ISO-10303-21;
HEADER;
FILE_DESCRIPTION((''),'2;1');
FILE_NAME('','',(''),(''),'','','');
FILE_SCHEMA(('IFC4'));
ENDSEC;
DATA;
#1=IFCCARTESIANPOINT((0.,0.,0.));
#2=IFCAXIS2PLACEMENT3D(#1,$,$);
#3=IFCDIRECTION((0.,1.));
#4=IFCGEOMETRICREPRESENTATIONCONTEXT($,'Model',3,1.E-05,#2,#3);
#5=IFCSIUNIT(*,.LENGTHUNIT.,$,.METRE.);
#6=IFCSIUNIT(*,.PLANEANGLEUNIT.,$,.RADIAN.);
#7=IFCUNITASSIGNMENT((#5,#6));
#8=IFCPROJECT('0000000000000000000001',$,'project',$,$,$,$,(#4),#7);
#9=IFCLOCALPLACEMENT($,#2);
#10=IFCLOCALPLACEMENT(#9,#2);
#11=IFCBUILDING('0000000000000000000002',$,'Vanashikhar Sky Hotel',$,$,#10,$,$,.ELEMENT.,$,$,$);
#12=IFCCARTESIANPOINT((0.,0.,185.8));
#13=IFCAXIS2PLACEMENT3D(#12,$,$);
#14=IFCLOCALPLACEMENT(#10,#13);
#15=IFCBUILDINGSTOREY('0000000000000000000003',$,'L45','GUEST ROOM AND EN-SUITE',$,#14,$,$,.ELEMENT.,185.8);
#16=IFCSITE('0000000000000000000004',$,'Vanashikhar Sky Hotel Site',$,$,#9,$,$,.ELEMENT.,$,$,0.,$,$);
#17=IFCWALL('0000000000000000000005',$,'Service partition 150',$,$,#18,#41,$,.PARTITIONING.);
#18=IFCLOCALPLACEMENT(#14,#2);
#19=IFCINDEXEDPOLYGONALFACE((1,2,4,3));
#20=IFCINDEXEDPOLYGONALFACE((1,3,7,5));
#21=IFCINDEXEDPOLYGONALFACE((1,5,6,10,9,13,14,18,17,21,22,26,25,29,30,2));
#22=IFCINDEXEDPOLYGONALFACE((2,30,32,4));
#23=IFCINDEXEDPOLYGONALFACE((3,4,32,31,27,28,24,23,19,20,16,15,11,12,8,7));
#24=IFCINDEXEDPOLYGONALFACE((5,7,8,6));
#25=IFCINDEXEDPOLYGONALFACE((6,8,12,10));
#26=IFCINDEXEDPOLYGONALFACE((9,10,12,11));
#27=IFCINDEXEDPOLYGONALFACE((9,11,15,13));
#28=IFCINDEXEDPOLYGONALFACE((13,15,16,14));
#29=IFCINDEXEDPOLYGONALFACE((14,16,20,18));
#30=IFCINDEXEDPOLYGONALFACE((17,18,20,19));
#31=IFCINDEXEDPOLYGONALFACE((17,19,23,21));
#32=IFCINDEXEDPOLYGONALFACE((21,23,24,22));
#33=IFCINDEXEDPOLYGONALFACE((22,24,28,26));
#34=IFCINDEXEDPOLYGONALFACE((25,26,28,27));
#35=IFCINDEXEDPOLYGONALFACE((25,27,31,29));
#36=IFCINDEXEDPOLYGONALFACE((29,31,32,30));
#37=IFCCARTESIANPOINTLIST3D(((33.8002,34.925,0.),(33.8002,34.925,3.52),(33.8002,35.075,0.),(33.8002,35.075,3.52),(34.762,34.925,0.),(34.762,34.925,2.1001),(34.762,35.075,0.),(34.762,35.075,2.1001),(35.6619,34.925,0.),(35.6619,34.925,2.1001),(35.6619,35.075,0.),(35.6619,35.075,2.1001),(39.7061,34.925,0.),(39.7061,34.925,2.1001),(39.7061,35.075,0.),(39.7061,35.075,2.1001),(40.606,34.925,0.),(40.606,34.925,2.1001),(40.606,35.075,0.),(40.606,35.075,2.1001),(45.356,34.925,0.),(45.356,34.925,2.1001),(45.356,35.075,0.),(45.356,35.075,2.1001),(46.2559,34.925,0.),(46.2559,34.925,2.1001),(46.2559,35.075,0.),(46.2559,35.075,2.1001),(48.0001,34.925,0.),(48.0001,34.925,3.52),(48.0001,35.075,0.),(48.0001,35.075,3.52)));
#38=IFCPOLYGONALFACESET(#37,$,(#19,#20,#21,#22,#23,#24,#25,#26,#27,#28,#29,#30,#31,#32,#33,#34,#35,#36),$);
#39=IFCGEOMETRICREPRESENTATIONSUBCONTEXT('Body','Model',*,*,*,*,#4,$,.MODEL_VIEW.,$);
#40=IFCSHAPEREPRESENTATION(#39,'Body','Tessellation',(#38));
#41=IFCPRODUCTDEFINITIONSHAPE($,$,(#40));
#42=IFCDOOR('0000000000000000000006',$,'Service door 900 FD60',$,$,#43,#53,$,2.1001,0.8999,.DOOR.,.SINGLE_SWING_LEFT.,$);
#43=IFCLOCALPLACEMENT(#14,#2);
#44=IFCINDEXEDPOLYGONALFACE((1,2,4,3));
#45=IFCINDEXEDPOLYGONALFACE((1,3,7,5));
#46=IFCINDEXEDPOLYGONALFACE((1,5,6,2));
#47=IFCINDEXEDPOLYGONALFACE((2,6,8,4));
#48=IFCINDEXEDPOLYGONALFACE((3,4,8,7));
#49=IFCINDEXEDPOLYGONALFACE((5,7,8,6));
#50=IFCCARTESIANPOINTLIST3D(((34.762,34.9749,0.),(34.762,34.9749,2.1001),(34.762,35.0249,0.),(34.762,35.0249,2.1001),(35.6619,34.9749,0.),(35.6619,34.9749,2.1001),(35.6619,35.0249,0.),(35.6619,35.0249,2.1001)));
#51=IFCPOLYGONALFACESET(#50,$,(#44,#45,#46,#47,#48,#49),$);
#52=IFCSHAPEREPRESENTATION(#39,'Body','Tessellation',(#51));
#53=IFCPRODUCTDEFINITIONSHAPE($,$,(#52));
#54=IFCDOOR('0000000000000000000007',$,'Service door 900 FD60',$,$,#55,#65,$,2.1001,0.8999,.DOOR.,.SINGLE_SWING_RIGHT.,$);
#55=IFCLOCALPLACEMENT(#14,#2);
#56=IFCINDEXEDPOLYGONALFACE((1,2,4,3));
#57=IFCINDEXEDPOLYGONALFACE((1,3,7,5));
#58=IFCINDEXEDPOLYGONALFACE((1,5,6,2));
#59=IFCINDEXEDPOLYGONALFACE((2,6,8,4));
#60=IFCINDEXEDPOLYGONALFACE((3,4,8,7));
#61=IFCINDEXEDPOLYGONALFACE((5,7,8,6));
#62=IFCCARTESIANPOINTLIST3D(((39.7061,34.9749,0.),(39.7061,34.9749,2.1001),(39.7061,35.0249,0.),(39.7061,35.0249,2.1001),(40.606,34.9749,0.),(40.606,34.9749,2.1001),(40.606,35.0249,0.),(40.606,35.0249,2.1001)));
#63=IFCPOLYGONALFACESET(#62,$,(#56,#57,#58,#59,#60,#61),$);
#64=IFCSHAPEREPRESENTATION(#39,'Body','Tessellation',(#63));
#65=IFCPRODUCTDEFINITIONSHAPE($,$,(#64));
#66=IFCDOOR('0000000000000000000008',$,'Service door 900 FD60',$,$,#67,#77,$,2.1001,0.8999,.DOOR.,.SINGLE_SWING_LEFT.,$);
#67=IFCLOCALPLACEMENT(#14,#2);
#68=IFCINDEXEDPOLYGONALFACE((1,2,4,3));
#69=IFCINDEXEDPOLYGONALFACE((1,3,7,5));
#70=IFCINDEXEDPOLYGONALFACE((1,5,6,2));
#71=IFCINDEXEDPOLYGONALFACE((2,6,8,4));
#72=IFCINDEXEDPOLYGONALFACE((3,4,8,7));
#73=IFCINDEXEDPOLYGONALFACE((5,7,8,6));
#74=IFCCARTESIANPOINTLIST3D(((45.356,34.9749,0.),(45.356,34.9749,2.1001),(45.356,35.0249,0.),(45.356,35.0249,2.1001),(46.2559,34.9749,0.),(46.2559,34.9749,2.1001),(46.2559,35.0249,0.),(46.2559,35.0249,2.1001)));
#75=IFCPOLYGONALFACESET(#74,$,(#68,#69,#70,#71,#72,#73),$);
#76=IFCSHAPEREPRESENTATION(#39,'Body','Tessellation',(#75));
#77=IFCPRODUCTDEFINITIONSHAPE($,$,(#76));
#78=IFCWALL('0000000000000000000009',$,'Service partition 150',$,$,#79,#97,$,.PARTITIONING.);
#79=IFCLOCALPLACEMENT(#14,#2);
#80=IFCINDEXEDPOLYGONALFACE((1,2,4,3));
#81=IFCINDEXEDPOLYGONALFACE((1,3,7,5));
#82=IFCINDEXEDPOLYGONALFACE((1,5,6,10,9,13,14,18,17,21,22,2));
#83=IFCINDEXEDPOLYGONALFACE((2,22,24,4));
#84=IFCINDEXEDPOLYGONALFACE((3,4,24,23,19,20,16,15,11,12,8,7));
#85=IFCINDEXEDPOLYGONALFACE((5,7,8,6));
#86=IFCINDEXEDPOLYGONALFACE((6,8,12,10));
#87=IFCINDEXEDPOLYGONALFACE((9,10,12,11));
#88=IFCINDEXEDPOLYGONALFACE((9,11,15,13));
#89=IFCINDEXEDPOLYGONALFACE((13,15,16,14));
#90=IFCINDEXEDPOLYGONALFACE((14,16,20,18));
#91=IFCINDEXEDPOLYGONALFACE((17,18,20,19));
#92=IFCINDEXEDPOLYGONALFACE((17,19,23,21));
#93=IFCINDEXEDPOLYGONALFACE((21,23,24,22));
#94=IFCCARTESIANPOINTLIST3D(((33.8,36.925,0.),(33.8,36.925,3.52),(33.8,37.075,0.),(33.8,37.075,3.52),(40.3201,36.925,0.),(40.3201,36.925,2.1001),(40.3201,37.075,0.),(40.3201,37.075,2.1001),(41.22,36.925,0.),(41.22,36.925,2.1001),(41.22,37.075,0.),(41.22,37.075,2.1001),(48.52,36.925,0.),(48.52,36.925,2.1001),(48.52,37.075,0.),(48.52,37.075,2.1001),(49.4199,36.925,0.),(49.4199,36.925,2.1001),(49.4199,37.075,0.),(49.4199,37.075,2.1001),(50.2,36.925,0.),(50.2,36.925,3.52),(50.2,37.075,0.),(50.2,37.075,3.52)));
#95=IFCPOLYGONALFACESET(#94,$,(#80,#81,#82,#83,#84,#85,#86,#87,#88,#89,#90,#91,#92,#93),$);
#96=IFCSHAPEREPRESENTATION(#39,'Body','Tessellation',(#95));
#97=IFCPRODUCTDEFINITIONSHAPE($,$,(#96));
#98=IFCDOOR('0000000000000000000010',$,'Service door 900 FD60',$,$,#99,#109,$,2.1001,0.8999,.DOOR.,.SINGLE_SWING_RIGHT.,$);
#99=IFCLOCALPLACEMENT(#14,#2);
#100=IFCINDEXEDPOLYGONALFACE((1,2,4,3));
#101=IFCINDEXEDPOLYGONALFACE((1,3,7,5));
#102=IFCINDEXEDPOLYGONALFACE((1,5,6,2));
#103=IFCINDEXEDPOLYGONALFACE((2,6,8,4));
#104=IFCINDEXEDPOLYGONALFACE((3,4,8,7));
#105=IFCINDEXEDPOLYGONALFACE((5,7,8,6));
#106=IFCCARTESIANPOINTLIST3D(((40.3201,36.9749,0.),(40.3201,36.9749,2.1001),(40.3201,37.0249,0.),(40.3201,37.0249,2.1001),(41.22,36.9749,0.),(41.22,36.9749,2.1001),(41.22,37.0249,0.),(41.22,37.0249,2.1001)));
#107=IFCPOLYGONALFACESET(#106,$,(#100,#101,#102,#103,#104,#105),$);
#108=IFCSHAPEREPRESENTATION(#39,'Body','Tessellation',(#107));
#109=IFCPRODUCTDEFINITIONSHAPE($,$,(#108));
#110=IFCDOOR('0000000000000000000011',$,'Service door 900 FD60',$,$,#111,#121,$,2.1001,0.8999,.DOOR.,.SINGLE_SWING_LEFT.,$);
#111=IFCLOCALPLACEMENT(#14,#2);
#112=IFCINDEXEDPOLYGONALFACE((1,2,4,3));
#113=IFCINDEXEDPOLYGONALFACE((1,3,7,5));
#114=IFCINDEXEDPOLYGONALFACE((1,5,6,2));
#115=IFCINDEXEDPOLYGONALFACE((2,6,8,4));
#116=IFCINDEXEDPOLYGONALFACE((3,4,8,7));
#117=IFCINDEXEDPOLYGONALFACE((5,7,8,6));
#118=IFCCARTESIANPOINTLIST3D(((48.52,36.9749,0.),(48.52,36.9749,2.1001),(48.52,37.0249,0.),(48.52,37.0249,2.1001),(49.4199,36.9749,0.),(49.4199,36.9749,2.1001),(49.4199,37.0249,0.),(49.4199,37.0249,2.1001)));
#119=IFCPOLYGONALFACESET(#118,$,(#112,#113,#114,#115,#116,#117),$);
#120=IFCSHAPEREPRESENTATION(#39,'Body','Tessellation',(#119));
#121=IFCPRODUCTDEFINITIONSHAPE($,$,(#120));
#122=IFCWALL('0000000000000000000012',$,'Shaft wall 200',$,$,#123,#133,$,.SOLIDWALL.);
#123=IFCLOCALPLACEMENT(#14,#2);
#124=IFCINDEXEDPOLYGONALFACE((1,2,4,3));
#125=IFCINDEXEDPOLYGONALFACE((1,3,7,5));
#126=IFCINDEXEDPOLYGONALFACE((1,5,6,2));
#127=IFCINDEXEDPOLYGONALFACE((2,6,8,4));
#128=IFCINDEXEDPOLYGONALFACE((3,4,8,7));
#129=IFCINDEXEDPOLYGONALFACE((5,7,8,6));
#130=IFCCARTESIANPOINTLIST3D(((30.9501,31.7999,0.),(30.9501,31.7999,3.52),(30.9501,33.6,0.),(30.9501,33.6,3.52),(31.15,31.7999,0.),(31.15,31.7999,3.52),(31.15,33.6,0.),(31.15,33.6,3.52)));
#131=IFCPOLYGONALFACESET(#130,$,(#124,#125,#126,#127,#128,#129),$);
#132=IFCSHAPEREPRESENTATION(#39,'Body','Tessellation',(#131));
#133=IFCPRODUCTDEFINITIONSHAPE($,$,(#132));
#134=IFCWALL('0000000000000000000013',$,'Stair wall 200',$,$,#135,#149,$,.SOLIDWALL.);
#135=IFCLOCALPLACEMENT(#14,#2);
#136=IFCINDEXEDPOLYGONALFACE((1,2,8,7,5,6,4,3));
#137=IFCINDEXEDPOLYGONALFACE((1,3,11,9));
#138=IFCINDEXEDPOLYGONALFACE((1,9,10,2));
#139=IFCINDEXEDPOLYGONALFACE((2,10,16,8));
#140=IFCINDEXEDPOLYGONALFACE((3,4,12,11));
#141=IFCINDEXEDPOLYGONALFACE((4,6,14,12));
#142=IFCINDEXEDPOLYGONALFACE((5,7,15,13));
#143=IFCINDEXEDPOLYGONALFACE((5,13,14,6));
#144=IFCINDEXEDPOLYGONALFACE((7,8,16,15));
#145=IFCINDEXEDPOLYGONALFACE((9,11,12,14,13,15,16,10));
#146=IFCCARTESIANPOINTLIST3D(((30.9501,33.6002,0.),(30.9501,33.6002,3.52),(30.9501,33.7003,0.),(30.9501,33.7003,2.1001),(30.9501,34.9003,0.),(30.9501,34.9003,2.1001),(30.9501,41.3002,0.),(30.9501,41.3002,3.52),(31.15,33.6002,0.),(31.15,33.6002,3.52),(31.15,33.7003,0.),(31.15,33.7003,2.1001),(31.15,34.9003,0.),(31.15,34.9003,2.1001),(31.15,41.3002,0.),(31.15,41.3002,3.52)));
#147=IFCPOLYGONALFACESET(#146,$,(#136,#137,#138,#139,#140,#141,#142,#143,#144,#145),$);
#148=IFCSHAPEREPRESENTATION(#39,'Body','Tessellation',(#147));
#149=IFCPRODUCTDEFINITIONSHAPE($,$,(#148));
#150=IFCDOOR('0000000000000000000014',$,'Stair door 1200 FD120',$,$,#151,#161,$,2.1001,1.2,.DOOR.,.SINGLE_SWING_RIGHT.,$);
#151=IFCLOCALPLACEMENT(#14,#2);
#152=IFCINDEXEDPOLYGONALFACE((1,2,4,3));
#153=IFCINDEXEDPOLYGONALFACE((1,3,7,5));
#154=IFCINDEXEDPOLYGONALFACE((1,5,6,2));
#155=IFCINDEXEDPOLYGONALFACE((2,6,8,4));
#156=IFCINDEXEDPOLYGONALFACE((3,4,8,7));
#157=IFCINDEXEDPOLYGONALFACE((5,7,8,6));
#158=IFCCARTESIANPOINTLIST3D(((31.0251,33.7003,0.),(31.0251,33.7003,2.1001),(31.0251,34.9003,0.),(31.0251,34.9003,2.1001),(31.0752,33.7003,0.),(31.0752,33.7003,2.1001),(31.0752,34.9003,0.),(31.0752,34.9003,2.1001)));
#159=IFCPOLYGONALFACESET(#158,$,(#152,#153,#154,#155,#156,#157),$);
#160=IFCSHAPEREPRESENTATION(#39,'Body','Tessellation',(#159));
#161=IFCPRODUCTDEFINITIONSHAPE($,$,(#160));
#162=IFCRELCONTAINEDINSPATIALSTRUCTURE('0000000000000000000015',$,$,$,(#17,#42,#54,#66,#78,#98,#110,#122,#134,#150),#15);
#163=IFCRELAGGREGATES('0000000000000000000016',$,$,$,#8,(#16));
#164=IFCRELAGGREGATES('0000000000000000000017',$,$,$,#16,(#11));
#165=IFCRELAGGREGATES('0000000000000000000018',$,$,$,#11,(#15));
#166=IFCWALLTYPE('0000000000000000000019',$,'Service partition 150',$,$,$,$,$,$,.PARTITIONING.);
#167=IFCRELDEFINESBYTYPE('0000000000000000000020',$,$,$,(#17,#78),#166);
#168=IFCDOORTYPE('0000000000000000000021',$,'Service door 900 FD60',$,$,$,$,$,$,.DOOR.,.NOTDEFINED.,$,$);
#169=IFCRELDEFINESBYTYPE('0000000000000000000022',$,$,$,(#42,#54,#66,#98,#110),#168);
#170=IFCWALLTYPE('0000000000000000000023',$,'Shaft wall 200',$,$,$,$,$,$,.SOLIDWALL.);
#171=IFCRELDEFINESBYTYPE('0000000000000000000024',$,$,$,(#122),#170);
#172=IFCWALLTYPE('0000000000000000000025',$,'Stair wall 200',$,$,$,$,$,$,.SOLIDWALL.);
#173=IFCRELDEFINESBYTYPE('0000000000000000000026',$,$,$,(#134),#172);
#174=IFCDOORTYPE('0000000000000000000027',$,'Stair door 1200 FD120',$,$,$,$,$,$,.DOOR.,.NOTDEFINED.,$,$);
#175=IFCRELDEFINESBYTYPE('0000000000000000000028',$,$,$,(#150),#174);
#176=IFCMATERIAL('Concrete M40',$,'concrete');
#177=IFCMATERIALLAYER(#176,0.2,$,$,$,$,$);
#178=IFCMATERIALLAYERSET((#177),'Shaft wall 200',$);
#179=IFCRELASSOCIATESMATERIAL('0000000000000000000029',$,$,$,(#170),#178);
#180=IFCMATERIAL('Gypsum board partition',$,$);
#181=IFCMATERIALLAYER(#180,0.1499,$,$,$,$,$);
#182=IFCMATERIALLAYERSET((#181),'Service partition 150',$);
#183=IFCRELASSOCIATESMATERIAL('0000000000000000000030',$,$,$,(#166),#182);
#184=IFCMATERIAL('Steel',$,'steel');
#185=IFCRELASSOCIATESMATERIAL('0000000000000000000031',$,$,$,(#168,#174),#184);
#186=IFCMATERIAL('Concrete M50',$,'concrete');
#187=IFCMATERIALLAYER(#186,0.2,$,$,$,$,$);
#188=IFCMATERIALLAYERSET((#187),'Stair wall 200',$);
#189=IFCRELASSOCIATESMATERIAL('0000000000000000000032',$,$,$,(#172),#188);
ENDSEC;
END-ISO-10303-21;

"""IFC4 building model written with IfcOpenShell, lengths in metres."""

from ifc_helpers import new_model, si_unit, direction, frame, frame_2d, origin, place, context, subcontext, project, spatial, rectangle, extrude, source, transform, mapped, material, layer, layer_set, type_object, element, fill, save


model = new_model("IFC4")

# Units and contexts
model_context = context("Model", 3, precision=1e-05, world=origin(), true_north=direction((0.0, 1.0)))
body_context = subcontext(model_context, "Body", "Model", "MODEL_VIEW")
ifc_project = project(units=[si_unit("LENGTHUNIT", "METRE"), si_unit("PLANEANGLEUNIT", "RADIAN")], contexts=[model_context])

# Site, building, storey
site_placement = place(None, origin())
site = spatial("IfcSite", under=ifc_project, at=site_placement, Name="Vanashikhar Sky Hotel Site", CompositionType="ELEMENT", RefElevation=0.0)
building_placement = place(site_placement, origin())
building = spatial("IfcBuilding", under=site, at=building_placement, Name="Vanashikhar Sky Hotel", CompositionType="ELEMENT")
storey_placement = place(building_placement, frame((0.0, 0.0, 185.8)))
storey = spatial("IfcBuildingStorey", under=building, at=storey_placement, Name="L45", Description="GUEST ROOM AND EN-SUITE", CompositionType="ELEMENT", Elevation=185.8)

# Shared definitions
ifc_material_1 = material(Name="Steel", Category="steel")

# Shared definitions
ifc_material_2 = material(Name="Concrete M50", Category="concrete")

# Shared definitions
ifc_material_3 = material(Name="Concrete M40", Category="concrete")
ifc_layer_1 = layer(ifc_material_3, 0.2)
ifc_layer_set_1 = layer_set([ifc_layer_1], Name="Shaft wall 200")
wall_type_1 = type_object("IfcWallType", Name="Shaft wall 200", PredefinedType="SOLIDWALL", material=ifc_layer_set_1)
ifc_material_4 = material(Name="Gypsum board partition")
ifc_layer_2 = layer(ifc_material_4, 0.1499)
ifc_layer_set_2 = layer_set([ifc_layer_2], Name="Service partition 150")
wall_type_2 = type_object("IfcWallType", Name="Service partition 150", PredefinedType="PARTITIONING", material=ifc_layer_set_2)

# Walls, openings, doors
shared_shape_1 = source(origin(), body_context, "Body", "SweptSolid", [
    extrude(rectangle(XDim=14.2, YDim=0.1499, at=frame_2d((7.1001, 0.0))), origin(), (0.0, 0.0, 1.0), 3.52),
])
wall_1_placement = place(storey_placement, frame((33.8, 35.0, 0.0), z_axis=(0.0, 0.0, 1.0), x_axis=(1.0, 0.0, 0.0)))
wall_1 = element("IfcWall", 1, at=wall_1_placement, inside=storey, type_object=wall_type_2, Name="Service partition 150", PredefinedType="PARTITIONING", context=body_context, shape_type="MappedRepresentation", body=[
    mapped(shared_shape_1, transform((0.0, 0.0, 0.0), scale=1.0)),
])
shared_shape_2 = source(origin(), body_context, "Body", "SweptSolid", [
    extrude(rectangle(XDim=0.8999, YDim=2.1001, at=frame_2d((0.45, 1.05))), frame((0.0, 0.085, 0.0), z_axis=(0.0, -1.0, 0.0), x_axis=(1.0, 0.0, 0.0)), (0.0, 0.0, 1.0), 0.1699),
])
opening_1_placement = place(wall_1_placement, frame((0.9619, 0.0, 0.0)))
opening_1 = element("IfcOpeningElement", 2, at=opening_1_placement, cuts=wall_1, PredefinedType="OPENING", context=body_context, shape_type="MappedRepresentation", body=[
    mapped(shared_shape_2, transform((0.0, 0.0, 0.0), scale=1.0)),
])
opening_2_placement = place(wall_1_placement, frame((5.906, 0.0, 0.0)))
opening_2 = element("IfcOpeningElement", 3, at=opening_2_placement, cuts=wall_1, PredefinedType="OPENING", context=body_context, shape_type="MappedRepresentation", body=[
    mapped(shared_shape_2, transform((0.0, 0.0, 0.0), scale=1.0)),
])
opening_3_placement = place(wall_1_placement, frame((11.5559, 0.0, 0.0)))
opening_3 = element("IfcOpeningElement", 4, at=opening_3_placement, cuts=wall_1, PredefinedType="OPENING", context=body_context, shape_type="MappedRepresentation", body=[
    mapped(shared_shape_2, transform((0.0, 0.0, 0.0), scale=1.0)),
])
door_type_1 = type_object("IfcDoorType", Name="Service door 900 FD60", OperationType="NOTDEFINED", PredefinedType="DOOR", material=ifc_material_1)
shared_shape_3 = source(origin(), body_context, "Body", "SweptSolid", [
    extrude(rectangle(XDim=0.8999, YDim=2.1001, at=frame_2d((0.45, 1.05))), frame((0.0, 0.0249, 0.0), z_axis=(0.0, -1.0, 0.0), x_axis=(1.0, 0.0, 0.0)), (0.0, 0.0, 1.0), 0.05),
])
door_1_placement = place(opening_1_placement, origin())
door_1 = element("IfcDoor", 5, at=door_1_placement, inside=storey, type_object=door_type_1, Name="Service door 900 FD60", OperationType="SINGLE_SWING_LEFT", OverallHeight=2.1001, OverallWidth=0.8999, PredefinedType="DOOR", context=body_context, shape_type="MappedRepresentation", body=[
    mapped(shared_shape_3, transform((0.0, 0.0, 0.0), scale=1.0)),
])
fill(opening_1, door_1)
door_2_placement = place(opening_2_placement, origin())
door_2 = element("IfcDoor", 6, at=door_2_placement, inside=storey, type_object=door_type_1, Name="Service door 900 FD60", OperationType="SINGLE_SWING_RIGHT", OverallHeight=2.1001, OverallWidth=0.8999, PredefinedType="DOOR", context=body_context, shape_type="MappedRepresentation", body=[
    mapped(shared_shape_3, transform((0.0, 0.0, 0.0), scale=1.0)),
])
fill(opening_2, door_2)
door_3_placement = place(opening_3_placement, origin())
door_3 = element("IfcDoor", 7, at=door_3_placement, inside=storey, type_object=door_type_1, Name="Service door 900 FD60", OperationType="SINGLE_SWING_LEFT", OverallHeight=2.1001, OverallWidth=0.8999, PredefinedType="DOOR", context=body_context, shape_type="MappedRepresentation", body=[
    mapped(shared_shape_3, transform((0.0, 0.0, 0.0), scale=1.0)),
])
fill(opening_3, door_3)
shared_shape_4 = source(origin(), body_context, "Body", "SweptSolid", [
    extrude(rectangle(XDim=16.3999, YDim=0.1499, at=frame_2d((8.2, 0.0))), origin(), (0.0, 0.0, 1.0), 3.52),
])
wall_2_placement = place(storey_placement, frame((33.8, 37.0, 0.0), z_axis=(0.0, 0.0, 1.0), x_axis=(1.0, 0.0, 0.0)))
wall_2 = element("IfcWall", 8, at=wall_2_placement, inside=storey, type_object=wall_type_2, Name="Service partition 150", PredefinedType="PARTITIONING", context=body_context, shape_type="MappedRepresentation", body=[
    mapped(shared_shape_4, transform((0.0, 0.0, 0.0), scale=1.0)),
])
opening_4_placement = place(wall_2_placement, frame((6.52, 0.0, 0.0)))
opening_4 = element("IfcOpeningElement", 9, at=opening_4_placement, cuts=wall_2, PredefinedType="OPENING", context=body_context, shape_type="MappedRepresentation", body=[
    mapped(shared_shape_2, transform((0.0, 0.0, 0.0), scale=1.0)),
])
opening_5_placement = place(wall_2_placement, frame((14.72, 0.0, 0.0)))
opening_5 = element("IfcOpeningElement", 10, at=opening_5_placement, cuts=wall_2, PredefinedType="OPENING", context=body_context, shape_type="MappedRepresentation", body=[
    mapped(shared_shape_2, transform((0.0, 0.0, 0.0), scale=1.0)),
])
door_4_placement = place(opening_4_placement, origin())
door_4 = element("IfcDoor", 11, at=door_4_placement, inside=storey, type_object=door_type_1, Name="Service door 900 FD60", OperationType="SINGLE_SWING_RIGHT", OverallHeight=2.1001, OverallWidth=0.8999, PredefinedType="DOOR", context=body_context, shape_type="MappedRepresentation", body=[
    mapped(shared_shape_3, transform((0.0, 0.0, 0.0), scale=1.0)),
])
fill(opening_4, door_4)
door_5_placement = place(opening_5_placement, origin())
door_5 = element("IfcDoor", 12, at=door_5_placement, inside=storey, type_object=door_type_1, Name="Service door 900 FD60", OperationType="SINGLE_SWING_LEFT", OverallHeight=2.1001, OverallWidth=0.8999, PredefinedType="DOOR", context=body_context, shape_type="MappedRepresentation", body=[
    mapped(shared_shape_3, transform((0.0, 0.0, 0.0), scale=1.0)),
])
fill(opening_5, door_5)

# Wall
shared_shape_5 = source(origin(), body_context, "Body", "SweptSolid", [
    extrude(rectangle(XDim=1.8, YDim=0.2, at=frame_2d((0.8999, 0.0))), origin(), (0.0, 0.0, 1.0), 3.52),
])
wall_3_placement = place(storey_placement, frame((31.05, 31.8, 0.0), z_axis=(0.0, 0.0, 1.0), x_axis=(0.0, 1.0, 0.0)))
element("IfcWall", 13, at=wall_3_placement, inside=storey, type_object=wall_type_1, Name="Shaft wall 200", PredefinedType="SOLIDWALL", context=body_context, shape_type="MappedRepresentation", body=[
    mapped(shared_shape_5, transform((0.0, 0.0, 0.0), scale=1.0)),
])

# Wall, opening, door
ifc_layer_3 = layer(ifc_material_2, 0.2)
ifc_layer_set_3 = layer_set([ifc_layer_3], Name="Stair wall 200")
wall_type_3 = type_object("IfcWallType", Name="Stair wall 200", PredefinedType="SOLIDWALL", material=ifc_layer_set_3)
shared_shape_6 = source(origin(), body_context, "Body", "SweptSolid", [
    extrude(rectangle(XDim=7.7, YDim=0.2, at=frame_2d((3.8501, 0.0))), origin(), (0.0, 0.0, 1.0), 3.52),
])
wall_4_placement = place(storey_placement, frame((31.05, 33.6001, 0.0), z_axis=(0.0, 0.0, 1.0), x_axis=(0.0, 1.0, 0.0)))
wall_4 = element("IfcWall", 14, at=wall_4_placement, inside=storey, type_object=wall_type_3, Name="Stair wall 200", PredefinedType="SOLIDWALL", context=body_context, shape_type="MappedRepresentation", body=[
    mapped(shared_shape_6, transform((0.0, 0.0, 0.0), scale=1.0)),
])
shared_shape_7 = source(origin(), body_context, "Body", "SweptSolid", [
    extrude(rectangle(XDim=1.2, YDim=2.1001, at=frame_2d((0.6001, 1.05))), frame((0.0, 0.1099, 0.0), z_axis=(0.0, -1.0, 0.0), x_axis=(1.0, 0.0, 0.0)), (0.0, 0.0, 1.0), 0.22),
])
opening_6_placement = place(wall_4_placement, frame((0.1001, 0.0, 0.0)))
opening_6 = element("IfcOpeningElement", 15, at=opening_6_placement, cuts=wall_4, PredefinedType="OPENING", context=body_context, shape_type="MappedRepresentation", body=[
    mapped(shared_shape_7, transform((0.0, 0.0, 0.0), scale=1.0)),
])
door_type_2 = type_object("IfcDoorType", Name="Stair door 1200 FD120", OperationType="NOTDEFINED", PredefinedType="DOOR", material=ifc_material_1)
shared_shape_8 = source(origin(), body_context, "Body", "SweptSolid", [
    extrude(rectangle(XDim=1.2, YDim=2.1001, at=frame_2d((0.6001, 1.05))), frame((0.0, 0.0249, 0.0), z_axis=(0.0, -1.0, 0.0), x_axis=(1.0, 0.0, 0.0)), (0.0, 0.0, 1.0), 0.05),
])
door_6_placement = place(opening_6_placement, origin())
door_6 = element("IfcDoor", 16, at=door_6_placement, inside=storey, type_object=door_type_2, Name="Stair door 1200 FD120", OperationType="SINGLE_SWING_RIGHT", OverallHeight=2.1001, OverallWidth=1.2, PredefinedType="DOOR", context=body_context, shape_type="MappedRepresentation", body=[
    mapped(shared_shape_8, transform((0.0, 0.0, 0.0), scale=1.0)),
])
fill(opening_6, door_6)

save(model, "model.ifc")
